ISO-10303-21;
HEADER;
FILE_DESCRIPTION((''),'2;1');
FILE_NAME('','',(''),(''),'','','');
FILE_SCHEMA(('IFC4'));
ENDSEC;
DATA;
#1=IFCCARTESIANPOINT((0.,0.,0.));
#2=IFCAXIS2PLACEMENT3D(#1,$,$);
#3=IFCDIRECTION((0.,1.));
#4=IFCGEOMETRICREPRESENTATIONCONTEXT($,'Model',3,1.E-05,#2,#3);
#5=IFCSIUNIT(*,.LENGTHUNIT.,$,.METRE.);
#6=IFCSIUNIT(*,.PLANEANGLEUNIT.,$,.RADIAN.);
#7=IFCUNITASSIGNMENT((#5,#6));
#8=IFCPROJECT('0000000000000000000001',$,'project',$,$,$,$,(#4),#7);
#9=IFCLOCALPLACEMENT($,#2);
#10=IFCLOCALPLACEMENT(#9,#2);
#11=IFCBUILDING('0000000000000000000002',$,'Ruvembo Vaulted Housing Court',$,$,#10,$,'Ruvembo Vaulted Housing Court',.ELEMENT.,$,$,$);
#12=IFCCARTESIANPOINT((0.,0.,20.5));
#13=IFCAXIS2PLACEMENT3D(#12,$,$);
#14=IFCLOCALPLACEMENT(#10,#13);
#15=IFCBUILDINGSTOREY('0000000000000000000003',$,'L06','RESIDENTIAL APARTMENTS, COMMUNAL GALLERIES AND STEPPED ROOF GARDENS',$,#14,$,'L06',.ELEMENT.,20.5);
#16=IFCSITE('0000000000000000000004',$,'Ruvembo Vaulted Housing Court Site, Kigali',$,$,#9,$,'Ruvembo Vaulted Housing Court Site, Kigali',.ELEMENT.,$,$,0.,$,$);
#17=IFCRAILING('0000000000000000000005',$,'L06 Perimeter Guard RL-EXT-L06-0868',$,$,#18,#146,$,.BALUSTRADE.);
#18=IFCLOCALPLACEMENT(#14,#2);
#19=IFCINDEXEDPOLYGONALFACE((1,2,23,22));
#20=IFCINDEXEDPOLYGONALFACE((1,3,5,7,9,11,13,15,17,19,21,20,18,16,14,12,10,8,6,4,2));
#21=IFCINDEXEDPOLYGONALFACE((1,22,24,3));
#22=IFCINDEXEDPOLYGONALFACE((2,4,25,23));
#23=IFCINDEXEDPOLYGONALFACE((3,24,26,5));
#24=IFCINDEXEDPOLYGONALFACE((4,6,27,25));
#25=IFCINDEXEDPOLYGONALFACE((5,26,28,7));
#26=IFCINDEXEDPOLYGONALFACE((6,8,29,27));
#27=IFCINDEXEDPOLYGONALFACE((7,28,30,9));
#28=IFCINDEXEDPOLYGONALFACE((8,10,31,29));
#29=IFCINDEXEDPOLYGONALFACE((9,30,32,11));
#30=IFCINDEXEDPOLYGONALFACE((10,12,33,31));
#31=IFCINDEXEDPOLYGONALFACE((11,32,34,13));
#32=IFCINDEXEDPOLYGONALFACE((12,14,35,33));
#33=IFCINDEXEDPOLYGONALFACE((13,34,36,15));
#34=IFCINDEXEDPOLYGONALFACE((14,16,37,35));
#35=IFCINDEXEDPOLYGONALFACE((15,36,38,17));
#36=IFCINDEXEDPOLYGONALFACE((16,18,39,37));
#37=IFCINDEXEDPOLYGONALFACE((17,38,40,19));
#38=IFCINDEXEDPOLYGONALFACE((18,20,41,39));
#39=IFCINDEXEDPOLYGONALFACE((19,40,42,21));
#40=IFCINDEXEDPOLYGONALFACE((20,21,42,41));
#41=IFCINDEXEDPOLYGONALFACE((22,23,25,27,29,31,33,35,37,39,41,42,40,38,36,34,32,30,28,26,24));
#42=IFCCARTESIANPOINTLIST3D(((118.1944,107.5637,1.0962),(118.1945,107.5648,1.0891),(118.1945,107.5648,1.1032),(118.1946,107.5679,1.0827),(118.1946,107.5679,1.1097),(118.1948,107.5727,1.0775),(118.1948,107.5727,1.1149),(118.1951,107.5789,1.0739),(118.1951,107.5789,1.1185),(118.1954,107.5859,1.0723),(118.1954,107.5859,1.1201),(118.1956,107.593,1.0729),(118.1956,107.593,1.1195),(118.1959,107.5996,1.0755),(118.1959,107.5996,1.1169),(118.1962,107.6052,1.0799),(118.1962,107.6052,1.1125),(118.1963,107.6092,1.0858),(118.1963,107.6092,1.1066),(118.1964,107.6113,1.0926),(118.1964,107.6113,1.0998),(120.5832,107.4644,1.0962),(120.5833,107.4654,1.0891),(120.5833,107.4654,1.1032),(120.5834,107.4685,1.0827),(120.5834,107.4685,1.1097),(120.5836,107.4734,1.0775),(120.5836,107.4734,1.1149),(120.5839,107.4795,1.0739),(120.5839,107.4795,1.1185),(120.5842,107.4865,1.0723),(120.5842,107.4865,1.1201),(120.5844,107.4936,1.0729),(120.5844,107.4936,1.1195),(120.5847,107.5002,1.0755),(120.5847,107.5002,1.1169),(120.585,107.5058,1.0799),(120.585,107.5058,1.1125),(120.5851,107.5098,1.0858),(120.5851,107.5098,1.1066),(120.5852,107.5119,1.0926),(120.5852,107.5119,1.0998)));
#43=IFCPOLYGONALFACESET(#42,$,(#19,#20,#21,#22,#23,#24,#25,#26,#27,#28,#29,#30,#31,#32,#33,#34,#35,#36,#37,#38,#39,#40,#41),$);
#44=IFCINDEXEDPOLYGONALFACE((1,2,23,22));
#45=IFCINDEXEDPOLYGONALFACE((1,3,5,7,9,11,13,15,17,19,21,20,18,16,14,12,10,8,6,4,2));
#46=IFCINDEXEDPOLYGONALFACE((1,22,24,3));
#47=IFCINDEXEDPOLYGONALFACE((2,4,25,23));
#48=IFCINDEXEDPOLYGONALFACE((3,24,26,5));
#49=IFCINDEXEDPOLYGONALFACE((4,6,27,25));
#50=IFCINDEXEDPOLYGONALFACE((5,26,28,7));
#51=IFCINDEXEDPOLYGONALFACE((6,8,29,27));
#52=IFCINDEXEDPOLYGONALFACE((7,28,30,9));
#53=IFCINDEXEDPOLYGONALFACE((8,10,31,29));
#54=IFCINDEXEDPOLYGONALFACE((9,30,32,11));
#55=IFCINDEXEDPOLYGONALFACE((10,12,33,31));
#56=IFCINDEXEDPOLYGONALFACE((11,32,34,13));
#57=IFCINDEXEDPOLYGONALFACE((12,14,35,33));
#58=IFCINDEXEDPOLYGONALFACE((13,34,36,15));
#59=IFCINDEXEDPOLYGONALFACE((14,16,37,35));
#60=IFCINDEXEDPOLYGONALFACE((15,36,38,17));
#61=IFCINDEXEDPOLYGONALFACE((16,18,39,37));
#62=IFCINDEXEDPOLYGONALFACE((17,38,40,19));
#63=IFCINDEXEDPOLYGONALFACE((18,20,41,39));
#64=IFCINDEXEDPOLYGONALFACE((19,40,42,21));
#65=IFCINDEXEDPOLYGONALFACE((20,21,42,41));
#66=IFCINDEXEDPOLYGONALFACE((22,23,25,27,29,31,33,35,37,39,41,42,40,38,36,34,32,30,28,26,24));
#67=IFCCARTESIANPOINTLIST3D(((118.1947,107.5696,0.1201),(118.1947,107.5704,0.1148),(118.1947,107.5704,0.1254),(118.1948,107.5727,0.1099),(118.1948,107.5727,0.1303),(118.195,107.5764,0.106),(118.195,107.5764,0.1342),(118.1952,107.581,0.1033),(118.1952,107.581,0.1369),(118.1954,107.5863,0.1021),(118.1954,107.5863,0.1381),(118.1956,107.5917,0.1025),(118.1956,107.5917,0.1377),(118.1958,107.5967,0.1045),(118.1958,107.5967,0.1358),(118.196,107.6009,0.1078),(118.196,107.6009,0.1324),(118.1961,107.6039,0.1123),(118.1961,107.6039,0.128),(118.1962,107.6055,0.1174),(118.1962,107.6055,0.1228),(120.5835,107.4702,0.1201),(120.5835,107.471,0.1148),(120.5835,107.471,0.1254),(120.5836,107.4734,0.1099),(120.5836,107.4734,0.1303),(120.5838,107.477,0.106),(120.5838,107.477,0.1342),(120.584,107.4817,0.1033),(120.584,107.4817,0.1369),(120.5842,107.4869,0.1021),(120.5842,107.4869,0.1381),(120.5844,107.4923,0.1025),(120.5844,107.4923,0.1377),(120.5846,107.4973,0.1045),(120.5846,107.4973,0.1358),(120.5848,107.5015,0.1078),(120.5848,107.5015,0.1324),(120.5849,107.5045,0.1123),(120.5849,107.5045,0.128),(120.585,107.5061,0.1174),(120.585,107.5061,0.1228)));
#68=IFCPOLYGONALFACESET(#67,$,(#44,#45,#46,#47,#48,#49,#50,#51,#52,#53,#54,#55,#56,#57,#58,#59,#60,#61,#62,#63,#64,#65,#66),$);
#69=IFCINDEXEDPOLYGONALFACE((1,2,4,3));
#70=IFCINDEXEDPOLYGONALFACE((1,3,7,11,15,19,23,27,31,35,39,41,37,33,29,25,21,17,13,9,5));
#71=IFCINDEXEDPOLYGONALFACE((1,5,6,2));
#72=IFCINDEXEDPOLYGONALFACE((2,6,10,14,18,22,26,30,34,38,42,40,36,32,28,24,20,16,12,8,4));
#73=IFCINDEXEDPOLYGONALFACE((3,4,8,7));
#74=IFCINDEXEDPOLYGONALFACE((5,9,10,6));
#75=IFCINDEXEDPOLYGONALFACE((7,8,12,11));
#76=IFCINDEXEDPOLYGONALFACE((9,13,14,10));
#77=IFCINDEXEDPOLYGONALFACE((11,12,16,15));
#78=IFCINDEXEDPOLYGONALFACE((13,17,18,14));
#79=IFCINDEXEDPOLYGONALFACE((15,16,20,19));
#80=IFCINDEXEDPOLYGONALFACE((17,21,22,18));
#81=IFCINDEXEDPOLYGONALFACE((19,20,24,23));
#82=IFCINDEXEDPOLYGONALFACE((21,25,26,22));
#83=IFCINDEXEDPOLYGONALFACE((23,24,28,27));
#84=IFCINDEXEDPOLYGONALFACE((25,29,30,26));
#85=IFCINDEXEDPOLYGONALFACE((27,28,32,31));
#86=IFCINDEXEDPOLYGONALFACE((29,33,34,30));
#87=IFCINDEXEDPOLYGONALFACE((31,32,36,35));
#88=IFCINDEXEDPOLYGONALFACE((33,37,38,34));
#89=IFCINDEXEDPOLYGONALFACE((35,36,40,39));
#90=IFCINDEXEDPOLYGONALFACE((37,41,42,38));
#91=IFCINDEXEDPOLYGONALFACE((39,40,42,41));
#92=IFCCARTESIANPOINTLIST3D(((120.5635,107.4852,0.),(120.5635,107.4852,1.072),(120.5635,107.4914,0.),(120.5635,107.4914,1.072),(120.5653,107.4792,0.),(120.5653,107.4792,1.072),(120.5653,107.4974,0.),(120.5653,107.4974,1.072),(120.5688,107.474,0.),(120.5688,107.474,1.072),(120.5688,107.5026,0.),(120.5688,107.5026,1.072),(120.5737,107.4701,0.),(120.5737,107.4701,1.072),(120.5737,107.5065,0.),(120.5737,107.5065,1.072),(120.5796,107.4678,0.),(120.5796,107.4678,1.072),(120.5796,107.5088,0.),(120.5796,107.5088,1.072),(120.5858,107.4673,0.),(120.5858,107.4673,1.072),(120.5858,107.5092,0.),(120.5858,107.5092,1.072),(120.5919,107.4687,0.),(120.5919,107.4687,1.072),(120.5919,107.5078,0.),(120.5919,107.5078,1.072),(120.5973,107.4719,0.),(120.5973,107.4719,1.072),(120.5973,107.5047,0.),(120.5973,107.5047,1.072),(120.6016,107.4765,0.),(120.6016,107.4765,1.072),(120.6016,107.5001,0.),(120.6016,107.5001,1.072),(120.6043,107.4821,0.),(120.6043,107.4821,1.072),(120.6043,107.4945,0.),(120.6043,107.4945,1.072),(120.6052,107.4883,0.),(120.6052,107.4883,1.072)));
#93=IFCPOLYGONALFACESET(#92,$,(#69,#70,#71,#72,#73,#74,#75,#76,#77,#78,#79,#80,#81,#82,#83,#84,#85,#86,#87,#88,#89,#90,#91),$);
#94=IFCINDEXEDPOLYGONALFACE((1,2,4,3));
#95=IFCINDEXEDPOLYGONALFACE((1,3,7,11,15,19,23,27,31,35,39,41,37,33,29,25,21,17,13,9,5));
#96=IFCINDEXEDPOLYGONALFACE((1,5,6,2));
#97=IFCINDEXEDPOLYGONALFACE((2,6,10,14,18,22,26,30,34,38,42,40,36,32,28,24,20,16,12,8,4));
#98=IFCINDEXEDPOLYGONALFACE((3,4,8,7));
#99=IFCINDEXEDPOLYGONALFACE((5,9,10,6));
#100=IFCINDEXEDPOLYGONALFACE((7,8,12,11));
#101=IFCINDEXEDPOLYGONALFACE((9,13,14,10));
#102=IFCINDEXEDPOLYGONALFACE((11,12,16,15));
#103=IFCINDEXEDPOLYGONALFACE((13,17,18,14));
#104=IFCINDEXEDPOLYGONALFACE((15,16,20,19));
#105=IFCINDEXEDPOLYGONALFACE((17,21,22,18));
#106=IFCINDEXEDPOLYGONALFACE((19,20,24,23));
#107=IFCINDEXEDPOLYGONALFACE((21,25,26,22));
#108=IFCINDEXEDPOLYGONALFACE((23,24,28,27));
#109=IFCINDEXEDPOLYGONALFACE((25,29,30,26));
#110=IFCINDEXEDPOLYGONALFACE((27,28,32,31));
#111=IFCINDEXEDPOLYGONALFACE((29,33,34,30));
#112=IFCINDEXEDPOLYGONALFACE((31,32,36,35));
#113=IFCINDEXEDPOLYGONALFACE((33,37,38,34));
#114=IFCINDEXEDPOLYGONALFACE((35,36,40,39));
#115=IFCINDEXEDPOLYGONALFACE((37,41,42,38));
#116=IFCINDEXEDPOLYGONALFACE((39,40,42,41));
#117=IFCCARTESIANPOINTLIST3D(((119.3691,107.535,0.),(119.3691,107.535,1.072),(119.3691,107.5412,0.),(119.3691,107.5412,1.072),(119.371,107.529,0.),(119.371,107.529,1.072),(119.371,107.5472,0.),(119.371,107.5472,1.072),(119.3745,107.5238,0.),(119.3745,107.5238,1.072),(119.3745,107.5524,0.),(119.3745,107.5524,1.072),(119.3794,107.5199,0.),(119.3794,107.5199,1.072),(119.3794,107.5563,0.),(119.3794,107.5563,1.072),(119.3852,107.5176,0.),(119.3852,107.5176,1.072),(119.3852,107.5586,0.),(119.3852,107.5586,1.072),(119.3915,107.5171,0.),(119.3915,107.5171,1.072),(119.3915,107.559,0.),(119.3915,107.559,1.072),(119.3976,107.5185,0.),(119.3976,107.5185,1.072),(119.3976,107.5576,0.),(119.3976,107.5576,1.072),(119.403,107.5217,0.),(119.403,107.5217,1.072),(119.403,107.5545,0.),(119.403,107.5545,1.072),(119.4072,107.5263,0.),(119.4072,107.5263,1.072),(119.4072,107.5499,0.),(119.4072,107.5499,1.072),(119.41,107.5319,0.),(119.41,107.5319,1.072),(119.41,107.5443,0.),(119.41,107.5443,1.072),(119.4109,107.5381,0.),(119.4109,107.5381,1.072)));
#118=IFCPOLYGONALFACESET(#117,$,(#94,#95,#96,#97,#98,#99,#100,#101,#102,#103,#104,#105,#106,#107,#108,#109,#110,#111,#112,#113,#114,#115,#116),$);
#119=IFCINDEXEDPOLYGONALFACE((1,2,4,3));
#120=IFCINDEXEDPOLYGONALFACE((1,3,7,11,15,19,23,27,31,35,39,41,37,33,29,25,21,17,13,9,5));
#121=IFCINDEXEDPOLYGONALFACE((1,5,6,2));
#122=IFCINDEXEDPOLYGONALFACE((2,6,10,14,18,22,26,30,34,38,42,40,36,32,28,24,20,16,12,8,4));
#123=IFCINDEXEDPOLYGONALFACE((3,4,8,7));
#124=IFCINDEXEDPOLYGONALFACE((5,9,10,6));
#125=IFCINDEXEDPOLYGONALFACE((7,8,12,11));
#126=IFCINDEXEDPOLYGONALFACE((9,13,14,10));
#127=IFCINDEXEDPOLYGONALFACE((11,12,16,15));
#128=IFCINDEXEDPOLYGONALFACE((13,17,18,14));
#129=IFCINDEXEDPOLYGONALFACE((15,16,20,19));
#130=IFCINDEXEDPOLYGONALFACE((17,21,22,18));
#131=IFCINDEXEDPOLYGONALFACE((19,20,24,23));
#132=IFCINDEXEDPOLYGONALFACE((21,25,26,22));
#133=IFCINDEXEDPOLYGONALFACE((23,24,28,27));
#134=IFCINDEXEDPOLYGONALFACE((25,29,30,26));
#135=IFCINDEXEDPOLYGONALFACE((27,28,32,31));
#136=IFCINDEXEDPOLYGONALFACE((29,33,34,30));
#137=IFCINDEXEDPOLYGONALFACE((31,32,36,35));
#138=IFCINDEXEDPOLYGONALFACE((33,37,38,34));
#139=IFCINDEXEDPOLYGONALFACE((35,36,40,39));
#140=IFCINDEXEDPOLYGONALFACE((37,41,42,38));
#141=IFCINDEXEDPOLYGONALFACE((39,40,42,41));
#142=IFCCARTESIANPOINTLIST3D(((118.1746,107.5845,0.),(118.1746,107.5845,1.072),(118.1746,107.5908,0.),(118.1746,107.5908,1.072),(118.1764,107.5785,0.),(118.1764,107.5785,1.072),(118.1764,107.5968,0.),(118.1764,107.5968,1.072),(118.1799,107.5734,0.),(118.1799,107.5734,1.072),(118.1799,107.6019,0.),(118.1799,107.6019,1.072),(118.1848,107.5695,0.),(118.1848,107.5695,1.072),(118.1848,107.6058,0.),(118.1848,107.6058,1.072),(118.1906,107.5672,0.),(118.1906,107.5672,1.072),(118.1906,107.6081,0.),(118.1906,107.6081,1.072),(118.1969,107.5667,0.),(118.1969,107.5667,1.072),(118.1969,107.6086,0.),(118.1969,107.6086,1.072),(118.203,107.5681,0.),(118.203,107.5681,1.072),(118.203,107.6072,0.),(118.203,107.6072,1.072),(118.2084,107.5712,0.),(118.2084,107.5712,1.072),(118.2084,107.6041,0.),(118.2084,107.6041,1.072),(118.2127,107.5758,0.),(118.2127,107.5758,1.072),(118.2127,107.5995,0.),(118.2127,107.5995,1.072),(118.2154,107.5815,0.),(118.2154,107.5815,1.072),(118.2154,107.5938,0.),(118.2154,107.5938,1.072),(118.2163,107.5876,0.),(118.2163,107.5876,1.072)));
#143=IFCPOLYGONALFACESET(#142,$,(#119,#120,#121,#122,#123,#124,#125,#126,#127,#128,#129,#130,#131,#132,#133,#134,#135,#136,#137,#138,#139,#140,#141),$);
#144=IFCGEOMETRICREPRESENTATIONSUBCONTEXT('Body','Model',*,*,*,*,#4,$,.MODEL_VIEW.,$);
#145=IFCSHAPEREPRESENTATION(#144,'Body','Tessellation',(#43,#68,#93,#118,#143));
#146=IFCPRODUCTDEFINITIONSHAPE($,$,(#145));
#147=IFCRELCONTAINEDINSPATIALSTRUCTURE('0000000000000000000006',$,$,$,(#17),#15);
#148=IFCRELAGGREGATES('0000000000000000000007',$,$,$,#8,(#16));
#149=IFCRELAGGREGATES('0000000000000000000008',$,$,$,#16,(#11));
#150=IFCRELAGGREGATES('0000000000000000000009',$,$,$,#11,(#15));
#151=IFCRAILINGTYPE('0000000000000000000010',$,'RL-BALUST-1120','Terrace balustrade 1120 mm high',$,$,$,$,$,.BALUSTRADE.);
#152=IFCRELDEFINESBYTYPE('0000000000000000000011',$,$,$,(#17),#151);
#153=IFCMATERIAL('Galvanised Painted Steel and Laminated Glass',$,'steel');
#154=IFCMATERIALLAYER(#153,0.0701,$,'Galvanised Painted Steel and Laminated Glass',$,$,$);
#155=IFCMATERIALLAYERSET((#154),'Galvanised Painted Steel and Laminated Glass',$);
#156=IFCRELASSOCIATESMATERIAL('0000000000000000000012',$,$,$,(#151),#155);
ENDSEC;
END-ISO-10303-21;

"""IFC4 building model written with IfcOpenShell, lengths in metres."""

from ifc_helpers import new_model, si_unit, direction, frame, origin, origin_2d, place, context, subcontext, project, spatial, circle, extrude, material, layer, layer_set, type_object, element, save


model = new_model("IFC4")

# Units and contexts
model_context = context("Model", 3, precision=1e-05, world=origin(), true_north=direction((0.0, 1.0)))
body_context = subcontext(model_context, "Body", "Model", "MODEL_VIEW")
ifc_project = project(units=[si_unit("LENGTHUNIT", "METRE"), si_unit("PLANEANGLEUNIT", "RADIAN")], contexts=[model_context])

# Site, building, storey
site_placement = place(None, origin())
site = spatial("IfcSite", under=ifc_project, at=site_placement, Name="Ruvembo Vaulted Housing Court Site, Kigali", LongName="Ruvembo Vaulted Housing Court Site, Kigali", CompositionType="ELEMENT", RefElevation=0.0)
building_placement = place(site_placement, origin())
building = spatial("IfcBuilding", under=site, at=building_placement, Name="Ruvembo Vaulted Housing Court", LongName="Ruvembo Vaulted Housing Court", CompositionType="ELEMENT")
storey_placement = place(building_placement, frame((0.0, 0.0, 20.5)))
storey = spatial("IfcBuildingStorey", under=building, at=storey_placement, Name="L06", Description="RESIDENTIAL APARTMENTS, COMMUNAL GALLERIES AND STEPPED ROOF GARDENS", LongName="L06", CompositionType="ELEMENT", Elevation=20.5)

# Railing
ifc_material_1 = material(Name="Galvanised Painted Steel and Laminated Glass", Category="steel")
ifc_layer = layer(ifc_material_1, 0.0701, Name="Galvanised Painted Steel and Laminated Glass")
ifc_layer_set = layer_set([ifc_layer], Name="Galvanised Painted Steel and Laminated Glass")
railing_type = type_object("IfcRailingType", Name="RL-BALUST-1120", Description="Terrace balustrade 1120 mm high", PredefinedType="BALUSTRADE", material=ifc_layer_set)
railing_1_placement = place(storey_placement, frame((120.5842, 107.4883, 0.0)))
element("IfcRailing", 1, at=railing_1_placement, inside=storey, type_object=railing_type, Name="L06 Perimeter Guard RL-EXT-L06-0868", PredefinedType="BALUSTRADE", context=body_context, shape_type="SweptSolid", body=[
    extrude(circle(Radius=0.0239, at=origin_2d()), frame((0.0, 0.0, 1.0962), z_axis=(-0.999136, 0.041558, 0.0), x_axis=(-0.041558, -0.999136, 0.0)), (0.0, 0.0, 1.0), 2.3909),
    extrude(circle(Radius=0.0181, at=origin_2d()), frame((0.0, 0.0, 0.1201), z_axis=(-0.999136, 0.041558, 0.0), x_axis=(-0.041558, -0.999136, 0.0)), (0.0, 0.0, 1.0), 2.3909),
    extrude(circle(Radius=0.021, at=origin_2d()), origin(), (0.0, 0.0, 1.0), 1.072),
    extrude(circle(Radius=0.021, at=origin_2d()), frame((-1.1943, 0.0498, 0.0)), (0.0, 0.0, 1.0), 1.072),
    extrude(circle(Radius=0.021, at=origin_2d()), frame((-2.3889, 0.0994, 0.0)), (0.0, 0.0, 1.0), 1.072),
])

save(model, "model.ifc")
